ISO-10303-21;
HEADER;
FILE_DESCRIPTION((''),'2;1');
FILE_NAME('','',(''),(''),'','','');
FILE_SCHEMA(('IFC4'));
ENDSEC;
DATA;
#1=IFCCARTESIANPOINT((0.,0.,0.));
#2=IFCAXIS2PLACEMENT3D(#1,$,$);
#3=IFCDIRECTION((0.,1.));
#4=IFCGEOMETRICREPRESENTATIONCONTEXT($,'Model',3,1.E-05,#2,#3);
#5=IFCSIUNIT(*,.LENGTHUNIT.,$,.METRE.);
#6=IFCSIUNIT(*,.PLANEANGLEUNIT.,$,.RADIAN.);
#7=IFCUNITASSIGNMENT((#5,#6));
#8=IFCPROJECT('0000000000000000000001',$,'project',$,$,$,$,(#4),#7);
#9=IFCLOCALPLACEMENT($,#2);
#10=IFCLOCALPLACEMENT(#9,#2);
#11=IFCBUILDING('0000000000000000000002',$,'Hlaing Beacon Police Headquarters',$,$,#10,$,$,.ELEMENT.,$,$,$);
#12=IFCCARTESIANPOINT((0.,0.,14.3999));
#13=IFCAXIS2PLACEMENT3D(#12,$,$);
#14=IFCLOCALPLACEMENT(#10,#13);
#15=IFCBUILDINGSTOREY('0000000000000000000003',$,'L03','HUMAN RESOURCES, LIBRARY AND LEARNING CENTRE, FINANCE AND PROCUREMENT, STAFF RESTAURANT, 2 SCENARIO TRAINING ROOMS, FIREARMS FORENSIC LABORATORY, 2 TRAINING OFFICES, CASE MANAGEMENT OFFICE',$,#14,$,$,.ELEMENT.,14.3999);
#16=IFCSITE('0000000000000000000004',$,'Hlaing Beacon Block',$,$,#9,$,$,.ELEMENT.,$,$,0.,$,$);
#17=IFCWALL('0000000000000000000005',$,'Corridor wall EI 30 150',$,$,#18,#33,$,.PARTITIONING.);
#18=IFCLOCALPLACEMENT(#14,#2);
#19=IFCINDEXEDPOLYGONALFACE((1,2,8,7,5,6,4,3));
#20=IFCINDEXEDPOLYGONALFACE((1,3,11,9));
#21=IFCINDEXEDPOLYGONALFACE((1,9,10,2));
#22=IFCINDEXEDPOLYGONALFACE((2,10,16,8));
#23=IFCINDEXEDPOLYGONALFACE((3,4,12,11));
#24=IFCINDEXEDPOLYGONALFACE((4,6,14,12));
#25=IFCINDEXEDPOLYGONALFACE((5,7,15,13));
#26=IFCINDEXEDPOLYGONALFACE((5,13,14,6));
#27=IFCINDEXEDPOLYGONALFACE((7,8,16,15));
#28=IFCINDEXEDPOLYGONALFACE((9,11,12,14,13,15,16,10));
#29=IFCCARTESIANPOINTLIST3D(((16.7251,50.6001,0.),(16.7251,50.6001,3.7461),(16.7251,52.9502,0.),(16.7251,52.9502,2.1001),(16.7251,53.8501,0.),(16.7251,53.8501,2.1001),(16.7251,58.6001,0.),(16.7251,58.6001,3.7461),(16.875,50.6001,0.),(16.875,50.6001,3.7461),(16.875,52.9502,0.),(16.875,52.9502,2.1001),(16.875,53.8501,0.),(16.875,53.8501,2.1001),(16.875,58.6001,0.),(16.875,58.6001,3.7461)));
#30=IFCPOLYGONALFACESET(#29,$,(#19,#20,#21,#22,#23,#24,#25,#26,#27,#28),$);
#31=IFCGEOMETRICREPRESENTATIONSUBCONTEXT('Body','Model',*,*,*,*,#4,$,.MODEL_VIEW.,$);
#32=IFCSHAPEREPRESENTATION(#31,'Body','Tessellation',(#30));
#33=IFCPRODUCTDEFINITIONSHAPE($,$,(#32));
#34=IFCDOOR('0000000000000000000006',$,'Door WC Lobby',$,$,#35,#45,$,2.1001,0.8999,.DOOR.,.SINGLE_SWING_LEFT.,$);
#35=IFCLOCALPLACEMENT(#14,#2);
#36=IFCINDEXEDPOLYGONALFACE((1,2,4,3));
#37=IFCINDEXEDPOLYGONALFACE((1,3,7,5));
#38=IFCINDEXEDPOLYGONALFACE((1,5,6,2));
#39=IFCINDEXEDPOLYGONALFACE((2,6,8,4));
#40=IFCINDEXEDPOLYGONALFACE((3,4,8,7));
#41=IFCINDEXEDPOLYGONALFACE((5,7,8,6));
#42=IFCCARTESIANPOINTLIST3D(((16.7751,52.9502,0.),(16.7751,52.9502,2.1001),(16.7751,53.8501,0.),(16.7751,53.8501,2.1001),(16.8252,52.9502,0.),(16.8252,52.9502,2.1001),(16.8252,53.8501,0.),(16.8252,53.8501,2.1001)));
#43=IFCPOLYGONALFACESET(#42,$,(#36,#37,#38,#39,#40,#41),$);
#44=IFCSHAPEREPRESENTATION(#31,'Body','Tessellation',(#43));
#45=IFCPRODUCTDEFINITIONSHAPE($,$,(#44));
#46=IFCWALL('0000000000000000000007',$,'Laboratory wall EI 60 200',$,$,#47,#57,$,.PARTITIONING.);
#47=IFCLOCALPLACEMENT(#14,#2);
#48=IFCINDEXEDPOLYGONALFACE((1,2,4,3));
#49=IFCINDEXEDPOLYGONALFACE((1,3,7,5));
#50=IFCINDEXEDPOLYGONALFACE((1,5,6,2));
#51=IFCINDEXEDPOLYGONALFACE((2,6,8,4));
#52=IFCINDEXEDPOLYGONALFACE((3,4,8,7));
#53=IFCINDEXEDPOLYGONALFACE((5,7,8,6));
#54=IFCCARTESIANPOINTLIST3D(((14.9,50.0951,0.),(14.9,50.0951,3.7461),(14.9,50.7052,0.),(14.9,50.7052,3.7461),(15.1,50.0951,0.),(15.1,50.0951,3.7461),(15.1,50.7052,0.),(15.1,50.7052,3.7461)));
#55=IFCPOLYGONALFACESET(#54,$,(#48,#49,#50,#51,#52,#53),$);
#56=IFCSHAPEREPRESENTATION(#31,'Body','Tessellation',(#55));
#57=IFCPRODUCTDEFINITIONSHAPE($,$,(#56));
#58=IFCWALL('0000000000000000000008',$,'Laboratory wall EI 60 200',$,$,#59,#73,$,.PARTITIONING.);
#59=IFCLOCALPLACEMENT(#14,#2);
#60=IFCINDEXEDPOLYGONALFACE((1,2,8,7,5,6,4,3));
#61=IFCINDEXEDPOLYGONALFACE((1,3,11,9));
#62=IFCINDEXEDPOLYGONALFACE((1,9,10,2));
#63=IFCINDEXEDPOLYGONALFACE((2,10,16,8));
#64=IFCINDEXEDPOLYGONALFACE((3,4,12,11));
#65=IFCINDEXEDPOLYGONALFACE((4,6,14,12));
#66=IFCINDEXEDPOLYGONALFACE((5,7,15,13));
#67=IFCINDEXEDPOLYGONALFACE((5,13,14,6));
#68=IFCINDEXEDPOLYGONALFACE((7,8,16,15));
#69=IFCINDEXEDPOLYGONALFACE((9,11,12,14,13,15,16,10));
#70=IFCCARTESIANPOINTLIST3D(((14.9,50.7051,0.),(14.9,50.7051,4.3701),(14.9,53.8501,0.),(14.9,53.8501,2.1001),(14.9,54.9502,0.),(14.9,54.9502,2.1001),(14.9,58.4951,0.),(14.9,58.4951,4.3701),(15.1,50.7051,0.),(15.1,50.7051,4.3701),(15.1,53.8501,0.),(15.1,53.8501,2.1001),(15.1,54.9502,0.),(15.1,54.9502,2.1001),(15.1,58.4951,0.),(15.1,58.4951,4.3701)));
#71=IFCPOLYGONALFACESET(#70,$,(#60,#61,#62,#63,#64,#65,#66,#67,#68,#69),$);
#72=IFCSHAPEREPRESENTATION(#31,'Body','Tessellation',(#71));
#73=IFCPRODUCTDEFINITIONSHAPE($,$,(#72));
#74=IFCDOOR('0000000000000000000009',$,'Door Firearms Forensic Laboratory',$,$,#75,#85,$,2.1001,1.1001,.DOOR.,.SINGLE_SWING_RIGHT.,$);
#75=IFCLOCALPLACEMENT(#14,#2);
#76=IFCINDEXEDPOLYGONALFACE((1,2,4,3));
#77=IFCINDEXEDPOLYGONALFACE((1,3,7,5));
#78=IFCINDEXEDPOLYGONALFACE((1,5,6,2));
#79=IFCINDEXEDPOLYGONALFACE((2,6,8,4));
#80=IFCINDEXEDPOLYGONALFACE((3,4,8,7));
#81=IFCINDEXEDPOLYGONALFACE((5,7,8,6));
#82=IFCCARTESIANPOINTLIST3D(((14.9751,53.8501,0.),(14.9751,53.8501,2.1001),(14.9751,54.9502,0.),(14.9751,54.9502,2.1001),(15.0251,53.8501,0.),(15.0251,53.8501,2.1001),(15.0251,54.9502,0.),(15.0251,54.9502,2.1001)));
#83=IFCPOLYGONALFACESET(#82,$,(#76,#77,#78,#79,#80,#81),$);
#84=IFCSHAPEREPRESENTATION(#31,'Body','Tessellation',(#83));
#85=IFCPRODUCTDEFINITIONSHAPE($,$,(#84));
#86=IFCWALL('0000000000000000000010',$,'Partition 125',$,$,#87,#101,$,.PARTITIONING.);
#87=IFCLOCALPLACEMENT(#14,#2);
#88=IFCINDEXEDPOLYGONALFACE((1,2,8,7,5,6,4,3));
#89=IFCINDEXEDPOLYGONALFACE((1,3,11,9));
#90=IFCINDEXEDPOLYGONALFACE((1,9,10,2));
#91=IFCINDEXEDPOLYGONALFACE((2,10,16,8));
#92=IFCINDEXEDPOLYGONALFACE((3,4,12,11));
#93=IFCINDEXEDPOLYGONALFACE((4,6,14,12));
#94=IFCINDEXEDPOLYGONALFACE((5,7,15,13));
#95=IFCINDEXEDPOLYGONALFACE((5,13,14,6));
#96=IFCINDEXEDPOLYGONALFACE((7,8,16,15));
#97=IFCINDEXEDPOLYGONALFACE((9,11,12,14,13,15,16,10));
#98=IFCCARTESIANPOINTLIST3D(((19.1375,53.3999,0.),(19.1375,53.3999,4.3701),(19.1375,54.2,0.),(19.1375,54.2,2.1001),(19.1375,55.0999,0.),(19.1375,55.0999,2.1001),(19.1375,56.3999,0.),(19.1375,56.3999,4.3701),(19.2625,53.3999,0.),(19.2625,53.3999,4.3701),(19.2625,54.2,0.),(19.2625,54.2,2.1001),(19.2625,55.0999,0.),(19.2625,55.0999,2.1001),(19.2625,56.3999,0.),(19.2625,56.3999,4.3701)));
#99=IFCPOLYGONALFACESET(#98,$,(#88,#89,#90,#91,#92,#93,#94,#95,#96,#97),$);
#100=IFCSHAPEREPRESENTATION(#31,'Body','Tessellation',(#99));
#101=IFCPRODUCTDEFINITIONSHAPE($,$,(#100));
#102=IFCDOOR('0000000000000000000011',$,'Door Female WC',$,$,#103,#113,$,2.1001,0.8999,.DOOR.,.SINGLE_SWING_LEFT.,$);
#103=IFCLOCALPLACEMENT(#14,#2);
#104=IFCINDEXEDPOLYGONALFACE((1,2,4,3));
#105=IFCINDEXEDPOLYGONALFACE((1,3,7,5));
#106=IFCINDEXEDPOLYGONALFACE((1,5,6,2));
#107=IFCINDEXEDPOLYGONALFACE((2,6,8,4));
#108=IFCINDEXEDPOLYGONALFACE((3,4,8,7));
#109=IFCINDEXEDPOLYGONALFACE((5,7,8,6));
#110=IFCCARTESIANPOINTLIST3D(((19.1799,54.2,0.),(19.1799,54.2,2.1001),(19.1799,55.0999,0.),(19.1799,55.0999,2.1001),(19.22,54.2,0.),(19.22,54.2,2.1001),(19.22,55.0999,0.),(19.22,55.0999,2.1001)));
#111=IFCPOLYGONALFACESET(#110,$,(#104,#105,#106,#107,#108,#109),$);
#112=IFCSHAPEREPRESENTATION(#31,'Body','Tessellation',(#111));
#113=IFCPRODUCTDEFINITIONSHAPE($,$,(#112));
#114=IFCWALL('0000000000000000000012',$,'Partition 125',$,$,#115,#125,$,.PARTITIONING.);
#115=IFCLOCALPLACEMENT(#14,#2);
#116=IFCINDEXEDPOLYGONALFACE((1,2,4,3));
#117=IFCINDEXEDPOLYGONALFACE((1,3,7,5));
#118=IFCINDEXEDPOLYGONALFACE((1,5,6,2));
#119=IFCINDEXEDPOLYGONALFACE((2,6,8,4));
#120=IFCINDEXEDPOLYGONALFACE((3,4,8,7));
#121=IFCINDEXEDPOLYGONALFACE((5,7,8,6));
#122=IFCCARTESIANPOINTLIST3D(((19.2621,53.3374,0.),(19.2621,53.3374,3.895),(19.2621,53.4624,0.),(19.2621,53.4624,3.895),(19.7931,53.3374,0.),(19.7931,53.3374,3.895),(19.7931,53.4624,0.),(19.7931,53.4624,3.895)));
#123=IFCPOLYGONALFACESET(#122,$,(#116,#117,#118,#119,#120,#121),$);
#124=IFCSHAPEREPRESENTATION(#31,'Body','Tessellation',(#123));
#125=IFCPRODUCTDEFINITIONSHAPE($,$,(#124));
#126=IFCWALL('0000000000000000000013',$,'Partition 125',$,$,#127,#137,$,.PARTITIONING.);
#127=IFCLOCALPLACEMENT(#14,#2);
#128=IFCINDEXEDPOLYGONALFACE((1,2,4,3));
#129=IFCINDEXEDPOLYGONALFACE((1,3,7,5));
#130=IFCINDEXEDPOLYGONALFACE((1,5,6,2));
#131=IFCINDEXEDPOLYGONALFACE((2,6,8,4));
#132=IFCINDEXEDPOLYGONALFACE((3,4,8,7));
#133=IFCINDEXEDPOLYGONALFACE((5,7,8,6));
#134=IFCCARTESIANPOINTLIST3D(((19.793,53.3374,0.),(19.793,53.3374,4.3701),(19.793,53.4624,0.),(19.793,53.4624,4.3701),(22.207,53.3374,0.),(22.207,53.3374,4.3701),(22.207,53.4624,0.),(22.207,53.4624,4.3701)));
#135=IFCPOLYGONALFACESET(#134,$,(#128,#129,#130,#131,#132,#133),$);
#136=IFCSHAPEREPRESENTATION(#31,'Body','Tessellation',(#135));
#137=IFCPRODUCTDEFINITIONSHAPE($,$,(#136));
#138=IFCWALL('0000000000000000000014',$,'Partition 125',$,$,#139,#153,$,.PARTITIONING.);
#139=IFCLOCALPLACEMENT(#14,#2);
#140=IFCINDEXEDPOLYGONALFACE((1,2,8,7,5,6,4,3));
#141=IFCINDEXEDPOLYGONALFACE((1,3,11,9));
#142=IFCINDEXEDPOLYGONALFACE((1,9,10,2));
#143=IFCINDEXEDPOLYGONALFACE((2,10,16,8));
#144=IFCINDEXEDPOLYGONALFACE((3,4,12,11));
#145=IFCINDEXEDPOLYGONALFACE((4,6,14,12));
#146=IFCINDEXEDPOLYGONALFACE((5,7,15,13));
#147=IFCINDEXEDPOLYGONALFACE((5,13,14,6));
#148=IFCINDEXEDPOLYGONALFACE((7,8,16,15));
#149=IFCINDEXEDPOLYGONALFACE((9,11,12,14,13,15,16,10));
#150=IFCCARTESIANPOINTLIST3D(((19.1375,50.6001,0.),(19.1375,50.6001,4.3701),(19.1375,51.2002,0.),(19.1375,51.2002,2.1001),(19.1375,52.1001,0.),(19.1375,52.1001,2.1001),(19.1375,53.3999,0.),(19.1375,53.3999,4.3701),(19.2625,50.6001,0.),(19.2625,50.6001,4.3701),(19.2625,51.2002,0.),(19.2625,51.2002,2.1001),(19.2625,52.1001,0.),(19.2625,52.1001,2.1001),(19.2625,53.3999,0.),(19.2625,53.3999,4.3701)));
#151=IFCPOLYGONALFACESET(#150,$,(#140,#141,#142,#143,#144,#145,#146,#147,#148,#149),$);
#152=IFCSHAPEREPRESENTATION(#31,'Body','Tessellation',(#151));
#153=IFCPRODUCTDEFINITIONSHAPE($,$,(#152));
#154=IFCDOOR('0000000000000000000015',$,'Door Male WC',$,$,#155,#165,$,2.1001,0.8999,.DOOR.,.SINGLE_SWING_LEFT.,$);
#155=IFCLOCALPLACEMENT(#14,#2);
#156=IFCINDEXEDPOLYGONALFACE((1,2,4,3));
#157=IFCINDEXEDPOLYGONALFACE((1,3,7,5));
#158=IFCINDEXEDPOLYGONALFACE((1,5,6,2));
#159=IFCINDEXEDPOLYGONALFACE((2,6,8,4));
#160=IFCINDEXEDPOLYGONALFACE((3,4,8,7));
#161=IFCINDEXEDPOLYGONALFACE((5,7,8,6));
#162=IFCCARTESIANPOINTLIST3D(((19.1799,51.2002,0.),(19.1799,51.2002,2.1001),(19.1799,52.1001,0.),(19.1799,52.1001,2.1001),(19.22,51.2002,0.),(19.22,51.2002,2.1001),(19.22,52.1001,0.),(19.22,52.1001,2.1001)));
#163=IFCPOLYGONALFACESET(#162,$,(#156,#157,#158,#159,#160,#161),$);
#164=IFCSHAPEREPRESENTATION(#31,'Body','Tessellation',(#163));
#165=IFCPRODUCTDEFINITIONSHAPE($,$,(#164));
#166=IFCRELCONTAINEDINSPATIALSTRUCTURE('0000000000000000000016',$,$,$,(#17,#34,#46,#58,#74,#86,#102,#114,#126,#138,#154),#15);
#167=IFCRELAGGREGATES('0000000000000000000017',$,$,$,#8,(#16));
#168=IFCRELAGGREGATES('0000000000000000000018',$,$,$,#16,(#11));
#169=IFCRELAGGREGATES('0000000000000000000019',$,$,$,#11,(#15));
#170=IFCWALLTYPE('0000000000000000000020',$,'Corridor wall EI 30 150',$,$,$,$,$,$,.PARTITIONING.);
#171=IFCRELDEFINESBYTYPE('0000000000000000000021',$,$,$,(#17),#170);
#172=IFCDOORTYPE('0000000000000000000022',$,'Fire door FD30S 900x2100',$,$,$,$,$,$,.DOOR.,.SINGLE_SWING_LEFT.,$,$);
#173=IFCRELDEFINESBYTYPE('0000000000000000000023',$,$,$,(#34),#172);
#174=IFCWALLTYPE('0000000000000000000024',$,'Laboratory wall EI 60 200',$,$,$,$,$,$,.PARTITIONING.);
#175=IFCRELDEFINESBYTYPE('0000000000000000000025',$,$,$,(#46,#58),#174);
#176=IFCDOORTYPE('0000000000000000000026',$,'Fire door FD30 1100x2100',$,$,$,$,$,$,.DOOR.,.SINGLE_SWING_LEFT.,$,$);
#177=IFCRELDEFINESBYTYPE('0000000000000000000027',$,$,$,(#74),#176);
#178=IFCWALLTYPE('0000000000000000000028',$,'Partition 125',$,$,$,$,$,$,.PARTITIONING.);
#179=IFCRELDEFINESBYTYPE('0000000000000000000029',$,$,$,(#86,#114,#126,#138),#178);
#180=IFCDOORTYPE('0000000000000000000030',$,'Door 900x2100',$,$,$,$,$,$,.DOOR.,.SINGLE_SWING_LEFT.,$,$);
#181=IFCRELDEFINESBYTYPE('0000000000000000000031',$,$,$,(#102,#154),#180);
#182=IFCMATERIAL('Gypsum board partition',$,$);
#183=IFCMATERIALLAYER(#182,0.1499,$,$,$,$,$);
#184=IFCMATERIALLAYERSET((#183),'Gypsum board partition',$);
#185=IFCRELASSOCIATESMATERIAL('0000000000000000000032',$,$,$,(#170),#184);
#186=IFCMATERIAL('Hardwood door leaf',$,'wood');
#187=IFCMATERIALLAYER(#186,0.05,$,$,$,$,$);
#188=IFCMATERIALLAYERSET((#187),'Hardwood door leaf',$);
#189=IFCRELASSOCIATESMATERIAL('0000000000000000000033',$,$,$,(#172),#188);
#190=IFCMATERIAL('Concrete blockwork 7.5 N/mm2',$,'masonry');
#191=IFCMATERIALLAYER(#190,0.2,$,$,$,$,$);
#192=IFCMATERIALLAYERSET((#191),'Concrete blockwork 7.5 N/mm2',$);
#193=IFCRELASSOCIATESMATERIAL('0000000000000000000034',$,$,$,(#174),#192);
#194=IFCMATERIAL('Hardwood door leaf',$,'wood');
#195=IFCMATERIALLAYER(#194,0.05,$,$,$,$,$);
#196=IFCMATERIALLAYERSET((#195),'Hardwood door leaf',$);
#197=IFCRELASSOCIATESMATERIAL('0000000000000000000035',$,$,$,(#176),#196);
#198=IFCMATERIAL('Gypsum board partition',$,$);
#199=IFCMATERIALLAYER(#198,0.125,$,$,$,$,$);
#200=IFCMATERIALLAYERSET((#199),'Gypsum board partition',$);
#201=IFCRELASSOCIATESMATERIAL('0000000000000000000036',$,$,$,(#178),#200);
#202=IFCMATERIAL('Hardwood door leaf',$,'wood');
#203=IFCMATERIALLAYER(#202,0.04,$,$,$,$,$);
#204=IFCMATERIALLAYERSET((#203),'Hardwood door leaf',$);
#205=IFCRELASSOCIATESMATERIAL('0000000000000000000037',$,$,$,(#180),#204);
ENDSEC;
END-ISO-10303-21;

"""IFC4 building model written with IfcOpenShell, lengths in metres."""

from ifc_helpers import new_model, si_unit, direction, frame, frame_2d, origin, place, context, subcontext, project, spatial, rectangle, extrude, material, layer, layer_set, type_object, element, fill, save


model = new_model("IFC4")

# Units and contexts
model_context = context("Model", 3, precision=1e-05, world=origin(), true_north=direction((0.0, 1.0)))
body_context = subcontext(model_context, "Body", "Model", "MODEL_VIEW")
ifc_project = project(units=[si_unit("LENGTHUNIT", "METRE"), si_unit("PLANEANGLEUNIT", "RADIAN")], contexts=[model_context])

# Site, building, storey
site_placement = place(None, origin())
site = spatial("IfcSite", under=ifc_project, at=site_placement, Name="Hlaing Beacon Block", CompositionType="ELEMENT", RefElevation=0.0)
building_placement = place(site_placement, origin())
building = spatial("IfcBuilding", under=site, at=building_placement, Name="Hlaing Beacon Police Headquarters", CompositionType="ELEMENT")
storey_placement = place(building_placement, frame((0.0, 0.0, 14.3999)))
storey = spatial("IfcBuildingStorey", under=building, at=storey_placement, Name="L03", Description="HUMAN RESOURCES, LIBRARY AND LEARNING CENTRE, FINANCE AND PROCUREMENT, STAFF RESTAURANT, 2 SCENARIO TRAINING ROOMS, FIREARMS FORENSIC LABORATORY, 2 TRAINING OFFICES, CASE MANAGEMENT OFFICE", CompositionType="ELEMENT", Elevation=14.3999)

# Wall, opening, door
ifc_material_1 = material(Name="Gypsum board partition")
ifc_layer_1 = layer(ifc_material_1, 0.1499)
ifc_layer_set_1 = layer_set([ifc_layer_1], Name="Gypsum board partition")
wall_type_1 = type_object("IfcWallType", Name="Corridor wall EI 30 150", PredefinedType="PARTITIONING", material=ifc_layer_set_1)
wall_1_placement = place(storey_placement, frame((16.8, 50.6001, 0.0), z_axis=(0.0, 0.0, 1.0), x_axis=(0.0, 1.0, 0.0)))
wall_1 = element("IfcWall", 1, at=wall_1_placement, inside=storey, type_object=wall_type_1, Name="Corridor wall EI 30 150", PredefinedType="PARTITIONING", context=body_context, shape_type="SweptSolid", body=[
    extrude(rectangle(XDim=8.0, YDim=0.1499, at=frame_2d((4.0, 0.0))), origin(), (0.0, 0.0, 1.0), 3.7461),
])
opening_1_placement = place(wall_1_placement, frame((2.3501, 0.0, 0.0)))
opening_1 = element("IfcOpeningElement", 2, at=opening_1_placement, cuts=wall_1, PredefinedType="OPENING", context=body_context, shape_type="SweptSolid", body=[
    extrude(rectangle(XDim=0.8999, YDim=2.1001, at=frame_2d((0.45, 1.05))), frame((0.0, 0.085, 0.0), z_axis=(0.0, -1.0, 0.0), x_axis=(1.0, 0.0, 0.0)), (0.0, 0.0, 1.0), 0.1699),
])
ifc_material_2 = material(Name="Hardwood door leaf", Category="wood")
ifc_layer_2 = layer(ifc_material_2, 0.05)
ifc_layer_set_2 = layer_set([ifc_layer_2], Name="Hardwood door leaf")
door_type_1 = type_object("IfcDoorType", Name="Fire door FD30S 900x2100", OperationType="SINGLE_SWING_LEFT", PredefinedType="DOOR", material=ifc_layer_set_2)
door_1_placement = place(opening_1_placement, frame((0.8999, 0.0, 0.0), z_axis=(0.0, 0.0, 1.0), x_axis=(-1.0, 0.0, 0.0)))
door_1 = element("IfcDoor", 3, at=door_1_placement, inside=storey, type_object=door_type_1, Name="Door WC Lobby", OperationType="SINGLE_SWING_LEFT", OverallHeight=2.1001, OverallWidth=0.8999, PredefinedType="DOOR", context=body_context, shape_type="SweptSolid", body=[
    extrude(rectangle(XDim=0.8999, YDim=2.1001, at=frame_2d((0.45, 1.05))), frame((0.0, 0.0251, 0.0), z_axis=(0.0, -1.0, 0.0), x_axis=(1.0, 0.0, 0.0)), (0.0, 0.0, 1.0), 0.05),
])
fill(opening_1, door_1)

# Wall
ifc_material_3 = material(Name="Concrete blockwork 7.5 N/mm2", Category="masonry")
ifc_layer_3 = layer(ifc_material_3, 0.2)
ifc_layer_set_3 = layer_set([ifc_layer_3], Name="Concrete blockwork 7.5 N/mm2")
wall_type_2 = type_object("IfcWallType", Name="Laboratory wall EI 60 200", PredefinedType="PARTITIONING", material=ifc_layer_set_3)
wall_2_placement = place(storey_placement, frame((15.0, 50.095, 0.0), z_axis=(0.0, 0.0, 1.0), x_axis=(0.0, 1.0, 0.0)))
element("IfcWall", 4, at=wall_2_placement, inside=storey, type_object=wall_type_2, Name="Laboratory wall EI 60 200", PredefinedType="PARTITIONING", context=body_context, shape_type="SweptSolid", body=[
    extrude(rectangle(XDim=0.6101, YDim=0.2, at=frame_2d((0.3052, 0.0))), origin(), (0.0, 0.0, 1.0), 3.7461),
])

# Walls, openings, doors
wall_3_placement = place(storey_placement, frame((15.0, 50.7051, 0.0), z_axis=(0.0, 0.0, 1.0), x_axis=(0.0, 1.0, 0.0)))
wall_3 = element("IfcWall", 5, at=wall_3_placement, inside=storey, type_object=wall_type_2, Name="Laboratory wall EI 60 200", PredefinedType="PARTITIONING", context=body_context, shape_type="SweptSolid", body=[
    extrude(rectangle(XDim=7.79, YDim=0.2, at=frame_2d((3.895, 0.0))), origin(), (0.0, 0.0, 1.0), 4.3701),
])
opening_2_placement = place(wall_3_placement, frame((3.145, 0.0, 0.0)))
opening_2 = element("IfcOpeningElement", 6, at=opening_2_placement, cuts=wall_3, PredefinedType="OPENING", context=body_context, shape_type="SweptSolid", body=[
    extrude(rectangle(XDim=1.1001, YDim=2.1001, at=frame_2d((0.55, 1.05))), frame((0.0, 0.1099, 0.0), z_axis=(0.0, -1.0, 0.0), x_axis=(1.0, 0.0, 0.0)), (0.0, 0.0, 1.0), 0.22),
])
ifc_material_4 = material(Name="Hardwood door leaf", Category="wood")
ifc_layer_4 = layer(ifc_material_4, 0.05)
ifc_layer_set_4 = layer_set([ifc_layer_4], Name="Hardwood door leaf")
door_type_2 = type_object("IfcDoorType", Name="Fire door FD30 1100x2100", OperationType="SINGLE_SWING_LEFT", PredefinedType="DOOR", material=ifc_layer_set_4)
door_2_placement = place(opening_2_placement, origin())
door_2 = element("IfcDoor", 7, at=door_2_placement, inside=storey, type_object=door_type_2, Name="Door Firearms Forensic Laboratory", OperationType="SINGLE_SWING_RIGHT", OverallHeight=2.1001, OverallWidth=1.1001, PredefinedType="DOOR", context=body_context, shape_type="SweptSolid", body=[
    extrude(rectangle(XDim=1.1001, YDim=2.1001, at=frame_2d((0.55, 1.05))), frame((0.0, 0.0249, 0.0), z_axis=(0.0, -1.0, 0.0), x_axis=(1.0, 0.0, 0.0)), (0.0, 0.0, 1.0), 0.05),
])
fill(opening_2, door_2)
ifc_material_5 = material(Name="Gypsum board partition")
ifc_layer_5 = layer(ifc_material_5, 0.125)
ifc_layer_set_5 = layer_set([ifc_layer_5], Name="Gypsum board partition")
wall_type_3 = type_object("IfcWallType", Name="Partition 125", PredefinedType="PARTITIONING", material=ifc_layer_set_5)
wall_4_placement = place(storey_placement, frame((19.2, 53.3999, 0.0), z_axis=(0.0, 0.0, 1.0), x_axis=(0.0, 1.0, 0.0)))
wall_4 = element("IfcWall", 8, at=wall_4_placement, inside=storey, type_object=wall_type_3, Name="Partition 125", PredefinedType="PARTITIONING", context=body_context, shape_type="SweptSolid", body=[
    extrude(rectangle(XDim=3.0, YDim=0.125, at=frame_2d((1.5, 0.0))), origin(), (0.0, 0.0, 1.0), 4.3701),
])
opening_3_placement = place(wall_4_placement, frame((0.8, 0.0, 0.0)))
opening_3 = element("IfcOpeningElement", 9, at=opening_3_placement, cuts=wall_4, PredefinedType="OPENING", context=body_context, shape_type="SweptSolid", body=[
    extrude(rectangle(XDim=0.8999, YDim=2.1001, at=frame_2d((0.45, 1.05))), frame((0.0, 0.0725, 0.0), z_axis=(0.0, -1.0, 0.0), x_axis=(1.0, 0.0, 0.0)), (0.0, 0.0, 1.0), 0.145),
])
ifc_material_6 = material(Name="Hardwood door leaf", Category="wood")
ifc_layer_6 = layer(ifc_material_6, 0.04)
ifc_layer_set_6 = layer_set([ifc_layer_6], Name="Hardwood door leaf")
door_type_3 = type_object("IfcDoorType", Name="Door 900x2100", OperationType="SINGLE_SWING_LEFT", PredefinedType="DOOR", material=ifc_layer_set_6)
door_3_placement = place(opening_3_placement, frame((0.8999, 0.0, 0.0), z_axis=(0.0, 0.0, 1.0), x_axis=(-1.0, 0.0, 0.0)))
door_3 = element("IfcDoor", 10, at=door_3_placement, inside=storey, type_object=door_type_3, Name="Door Female WC", OperationType="SINGLE_SWING_LEFT", OverallHeight=2.1001, OverallWidth=0.8999, PredefinedType="DOOR", context=body_context, shape_type="SweptSolid", body=[
    extrude(rectangle(XDim=0.8999, YDim=2.1001, at=frame_2d((0.45, 1.05))), frame((0.0, 0.02, 0.0), z_axis=(0.0, -1.0, 0.0), x_axis=(1.0, 0.0, 0.0)), (0.0, 0.0, 1.0), 0.04),
])
fill(opening_3, door_3)

# Walls
wall_5_placement = place(storey_placement, frame((19.262, 53.3999, 0.0), z_axis=(0.0, 0.0, 1.0), x_axis=(1.0, 0.0, 0.0)))
element("IfcWall", 11, at=wall_5_placement, inside=storey, type_object=wall_type_3, Name="Partition 125", PredefinedType="PARTITIONING", context=body_context, shape_type="SweptSolid", body=[
    extrude(rectangle(XDim=0.531, YDim=0.125, at=frame_2d((0.2656, 0.0))), origin(), (0.0, 0.0, 1.0), 3.895),
])
wall_6_placement = place(storey_placement, frame((19.793, 53.3999, 0.0), z_axis=(0.0, 0.0, 1.0), x_axis=(1.0, 0.0, 0.0)))
element("IfcWall", 12, at=wall_6_placement, inside=storey, type_object=wall_type_3, Name="Partition 125", PredefinedType="PARTITIONING", context=body_context, shape_type="SweptSolid", body=[
    extrude(rectangle(XDim=2.4141, YDim=0.125, at=frame_2d((1.207, 0.0))), origin(), (0.0, 0.0, 1.0), 4.3701),
])

# Wall, opening, door
wall_7_placement = place(storey_placement, frame((19.2, 50.6001, 0.0), z_axis=(0.0, 0.0, 1.0), x_axis=(0.0, 1.0, 0.0)))
wall_7 = element("IfcWall", 13, at=wall_7_placement, inside=storey, type_object=wall_type_3, Name="Partition 125", PredefinedType="PARTITIONING", context=body_context, shape_type="SweptSolid", body=[
    extrude(rectangle(XDim=2.7998, YDim=0.125, at=frame_2d((1.3999, 0.0))), origin(), (0.0, 0.0, 1.0), 4.3701),
])
opening_4_placement = place(wall_7_placement, frame((0.6001, 0.0, 0.0)))
opening_4 = element("IfcOpeningElement", 14, at=opening_4_placement, cuts=wall_7, PredefinedType="OPENING", context=body_context, shape_type="SweptSolid", body=[
    extrude(rectangle(XDim=0.8999, YDim=2.1001, at=frame_2d((0.45, 1.05))), frame((0.0, 0.0725, 0.0), z_axis=(0.0, -1.0, 0.0), x_axis=(1.0, 0.0, 0.0)), (0.0, 0.0, 1.0), 0.145),
])
door_4_placement = place(opening_4_placement, frame((0.8999, 0.0, 0.0), z_axis=(0.0, 0.0, 1.0), x_axis=(-1.0, 0.0, 0.0)))
door_4 = element("IfcDoor", 15, at=door_4_placement, inside=storey, type_object=door_type_3, Name="Door Male WC", OperationType="SINGLE_SWING_LEFT", OverallHeight=2.1001, OverallWidth=0.8999, PredefinedType="DOOR", context=body_context, shape_type="SweptSolid", body=[
    extrude(rectangle(XDim=0.8999, YDim=2.1001, at=frame_2d((0.45, 1.05))), frame((0.0, 0.02, 0.0), z_axis=(0.0, -1.0, 0.0), x_axis=(1.0, 0.0, 0.0)), (0.0, 0.0, 1.0), 0.04),
])
fill(opening_4, door_4)

save(model, "model.ifc")
